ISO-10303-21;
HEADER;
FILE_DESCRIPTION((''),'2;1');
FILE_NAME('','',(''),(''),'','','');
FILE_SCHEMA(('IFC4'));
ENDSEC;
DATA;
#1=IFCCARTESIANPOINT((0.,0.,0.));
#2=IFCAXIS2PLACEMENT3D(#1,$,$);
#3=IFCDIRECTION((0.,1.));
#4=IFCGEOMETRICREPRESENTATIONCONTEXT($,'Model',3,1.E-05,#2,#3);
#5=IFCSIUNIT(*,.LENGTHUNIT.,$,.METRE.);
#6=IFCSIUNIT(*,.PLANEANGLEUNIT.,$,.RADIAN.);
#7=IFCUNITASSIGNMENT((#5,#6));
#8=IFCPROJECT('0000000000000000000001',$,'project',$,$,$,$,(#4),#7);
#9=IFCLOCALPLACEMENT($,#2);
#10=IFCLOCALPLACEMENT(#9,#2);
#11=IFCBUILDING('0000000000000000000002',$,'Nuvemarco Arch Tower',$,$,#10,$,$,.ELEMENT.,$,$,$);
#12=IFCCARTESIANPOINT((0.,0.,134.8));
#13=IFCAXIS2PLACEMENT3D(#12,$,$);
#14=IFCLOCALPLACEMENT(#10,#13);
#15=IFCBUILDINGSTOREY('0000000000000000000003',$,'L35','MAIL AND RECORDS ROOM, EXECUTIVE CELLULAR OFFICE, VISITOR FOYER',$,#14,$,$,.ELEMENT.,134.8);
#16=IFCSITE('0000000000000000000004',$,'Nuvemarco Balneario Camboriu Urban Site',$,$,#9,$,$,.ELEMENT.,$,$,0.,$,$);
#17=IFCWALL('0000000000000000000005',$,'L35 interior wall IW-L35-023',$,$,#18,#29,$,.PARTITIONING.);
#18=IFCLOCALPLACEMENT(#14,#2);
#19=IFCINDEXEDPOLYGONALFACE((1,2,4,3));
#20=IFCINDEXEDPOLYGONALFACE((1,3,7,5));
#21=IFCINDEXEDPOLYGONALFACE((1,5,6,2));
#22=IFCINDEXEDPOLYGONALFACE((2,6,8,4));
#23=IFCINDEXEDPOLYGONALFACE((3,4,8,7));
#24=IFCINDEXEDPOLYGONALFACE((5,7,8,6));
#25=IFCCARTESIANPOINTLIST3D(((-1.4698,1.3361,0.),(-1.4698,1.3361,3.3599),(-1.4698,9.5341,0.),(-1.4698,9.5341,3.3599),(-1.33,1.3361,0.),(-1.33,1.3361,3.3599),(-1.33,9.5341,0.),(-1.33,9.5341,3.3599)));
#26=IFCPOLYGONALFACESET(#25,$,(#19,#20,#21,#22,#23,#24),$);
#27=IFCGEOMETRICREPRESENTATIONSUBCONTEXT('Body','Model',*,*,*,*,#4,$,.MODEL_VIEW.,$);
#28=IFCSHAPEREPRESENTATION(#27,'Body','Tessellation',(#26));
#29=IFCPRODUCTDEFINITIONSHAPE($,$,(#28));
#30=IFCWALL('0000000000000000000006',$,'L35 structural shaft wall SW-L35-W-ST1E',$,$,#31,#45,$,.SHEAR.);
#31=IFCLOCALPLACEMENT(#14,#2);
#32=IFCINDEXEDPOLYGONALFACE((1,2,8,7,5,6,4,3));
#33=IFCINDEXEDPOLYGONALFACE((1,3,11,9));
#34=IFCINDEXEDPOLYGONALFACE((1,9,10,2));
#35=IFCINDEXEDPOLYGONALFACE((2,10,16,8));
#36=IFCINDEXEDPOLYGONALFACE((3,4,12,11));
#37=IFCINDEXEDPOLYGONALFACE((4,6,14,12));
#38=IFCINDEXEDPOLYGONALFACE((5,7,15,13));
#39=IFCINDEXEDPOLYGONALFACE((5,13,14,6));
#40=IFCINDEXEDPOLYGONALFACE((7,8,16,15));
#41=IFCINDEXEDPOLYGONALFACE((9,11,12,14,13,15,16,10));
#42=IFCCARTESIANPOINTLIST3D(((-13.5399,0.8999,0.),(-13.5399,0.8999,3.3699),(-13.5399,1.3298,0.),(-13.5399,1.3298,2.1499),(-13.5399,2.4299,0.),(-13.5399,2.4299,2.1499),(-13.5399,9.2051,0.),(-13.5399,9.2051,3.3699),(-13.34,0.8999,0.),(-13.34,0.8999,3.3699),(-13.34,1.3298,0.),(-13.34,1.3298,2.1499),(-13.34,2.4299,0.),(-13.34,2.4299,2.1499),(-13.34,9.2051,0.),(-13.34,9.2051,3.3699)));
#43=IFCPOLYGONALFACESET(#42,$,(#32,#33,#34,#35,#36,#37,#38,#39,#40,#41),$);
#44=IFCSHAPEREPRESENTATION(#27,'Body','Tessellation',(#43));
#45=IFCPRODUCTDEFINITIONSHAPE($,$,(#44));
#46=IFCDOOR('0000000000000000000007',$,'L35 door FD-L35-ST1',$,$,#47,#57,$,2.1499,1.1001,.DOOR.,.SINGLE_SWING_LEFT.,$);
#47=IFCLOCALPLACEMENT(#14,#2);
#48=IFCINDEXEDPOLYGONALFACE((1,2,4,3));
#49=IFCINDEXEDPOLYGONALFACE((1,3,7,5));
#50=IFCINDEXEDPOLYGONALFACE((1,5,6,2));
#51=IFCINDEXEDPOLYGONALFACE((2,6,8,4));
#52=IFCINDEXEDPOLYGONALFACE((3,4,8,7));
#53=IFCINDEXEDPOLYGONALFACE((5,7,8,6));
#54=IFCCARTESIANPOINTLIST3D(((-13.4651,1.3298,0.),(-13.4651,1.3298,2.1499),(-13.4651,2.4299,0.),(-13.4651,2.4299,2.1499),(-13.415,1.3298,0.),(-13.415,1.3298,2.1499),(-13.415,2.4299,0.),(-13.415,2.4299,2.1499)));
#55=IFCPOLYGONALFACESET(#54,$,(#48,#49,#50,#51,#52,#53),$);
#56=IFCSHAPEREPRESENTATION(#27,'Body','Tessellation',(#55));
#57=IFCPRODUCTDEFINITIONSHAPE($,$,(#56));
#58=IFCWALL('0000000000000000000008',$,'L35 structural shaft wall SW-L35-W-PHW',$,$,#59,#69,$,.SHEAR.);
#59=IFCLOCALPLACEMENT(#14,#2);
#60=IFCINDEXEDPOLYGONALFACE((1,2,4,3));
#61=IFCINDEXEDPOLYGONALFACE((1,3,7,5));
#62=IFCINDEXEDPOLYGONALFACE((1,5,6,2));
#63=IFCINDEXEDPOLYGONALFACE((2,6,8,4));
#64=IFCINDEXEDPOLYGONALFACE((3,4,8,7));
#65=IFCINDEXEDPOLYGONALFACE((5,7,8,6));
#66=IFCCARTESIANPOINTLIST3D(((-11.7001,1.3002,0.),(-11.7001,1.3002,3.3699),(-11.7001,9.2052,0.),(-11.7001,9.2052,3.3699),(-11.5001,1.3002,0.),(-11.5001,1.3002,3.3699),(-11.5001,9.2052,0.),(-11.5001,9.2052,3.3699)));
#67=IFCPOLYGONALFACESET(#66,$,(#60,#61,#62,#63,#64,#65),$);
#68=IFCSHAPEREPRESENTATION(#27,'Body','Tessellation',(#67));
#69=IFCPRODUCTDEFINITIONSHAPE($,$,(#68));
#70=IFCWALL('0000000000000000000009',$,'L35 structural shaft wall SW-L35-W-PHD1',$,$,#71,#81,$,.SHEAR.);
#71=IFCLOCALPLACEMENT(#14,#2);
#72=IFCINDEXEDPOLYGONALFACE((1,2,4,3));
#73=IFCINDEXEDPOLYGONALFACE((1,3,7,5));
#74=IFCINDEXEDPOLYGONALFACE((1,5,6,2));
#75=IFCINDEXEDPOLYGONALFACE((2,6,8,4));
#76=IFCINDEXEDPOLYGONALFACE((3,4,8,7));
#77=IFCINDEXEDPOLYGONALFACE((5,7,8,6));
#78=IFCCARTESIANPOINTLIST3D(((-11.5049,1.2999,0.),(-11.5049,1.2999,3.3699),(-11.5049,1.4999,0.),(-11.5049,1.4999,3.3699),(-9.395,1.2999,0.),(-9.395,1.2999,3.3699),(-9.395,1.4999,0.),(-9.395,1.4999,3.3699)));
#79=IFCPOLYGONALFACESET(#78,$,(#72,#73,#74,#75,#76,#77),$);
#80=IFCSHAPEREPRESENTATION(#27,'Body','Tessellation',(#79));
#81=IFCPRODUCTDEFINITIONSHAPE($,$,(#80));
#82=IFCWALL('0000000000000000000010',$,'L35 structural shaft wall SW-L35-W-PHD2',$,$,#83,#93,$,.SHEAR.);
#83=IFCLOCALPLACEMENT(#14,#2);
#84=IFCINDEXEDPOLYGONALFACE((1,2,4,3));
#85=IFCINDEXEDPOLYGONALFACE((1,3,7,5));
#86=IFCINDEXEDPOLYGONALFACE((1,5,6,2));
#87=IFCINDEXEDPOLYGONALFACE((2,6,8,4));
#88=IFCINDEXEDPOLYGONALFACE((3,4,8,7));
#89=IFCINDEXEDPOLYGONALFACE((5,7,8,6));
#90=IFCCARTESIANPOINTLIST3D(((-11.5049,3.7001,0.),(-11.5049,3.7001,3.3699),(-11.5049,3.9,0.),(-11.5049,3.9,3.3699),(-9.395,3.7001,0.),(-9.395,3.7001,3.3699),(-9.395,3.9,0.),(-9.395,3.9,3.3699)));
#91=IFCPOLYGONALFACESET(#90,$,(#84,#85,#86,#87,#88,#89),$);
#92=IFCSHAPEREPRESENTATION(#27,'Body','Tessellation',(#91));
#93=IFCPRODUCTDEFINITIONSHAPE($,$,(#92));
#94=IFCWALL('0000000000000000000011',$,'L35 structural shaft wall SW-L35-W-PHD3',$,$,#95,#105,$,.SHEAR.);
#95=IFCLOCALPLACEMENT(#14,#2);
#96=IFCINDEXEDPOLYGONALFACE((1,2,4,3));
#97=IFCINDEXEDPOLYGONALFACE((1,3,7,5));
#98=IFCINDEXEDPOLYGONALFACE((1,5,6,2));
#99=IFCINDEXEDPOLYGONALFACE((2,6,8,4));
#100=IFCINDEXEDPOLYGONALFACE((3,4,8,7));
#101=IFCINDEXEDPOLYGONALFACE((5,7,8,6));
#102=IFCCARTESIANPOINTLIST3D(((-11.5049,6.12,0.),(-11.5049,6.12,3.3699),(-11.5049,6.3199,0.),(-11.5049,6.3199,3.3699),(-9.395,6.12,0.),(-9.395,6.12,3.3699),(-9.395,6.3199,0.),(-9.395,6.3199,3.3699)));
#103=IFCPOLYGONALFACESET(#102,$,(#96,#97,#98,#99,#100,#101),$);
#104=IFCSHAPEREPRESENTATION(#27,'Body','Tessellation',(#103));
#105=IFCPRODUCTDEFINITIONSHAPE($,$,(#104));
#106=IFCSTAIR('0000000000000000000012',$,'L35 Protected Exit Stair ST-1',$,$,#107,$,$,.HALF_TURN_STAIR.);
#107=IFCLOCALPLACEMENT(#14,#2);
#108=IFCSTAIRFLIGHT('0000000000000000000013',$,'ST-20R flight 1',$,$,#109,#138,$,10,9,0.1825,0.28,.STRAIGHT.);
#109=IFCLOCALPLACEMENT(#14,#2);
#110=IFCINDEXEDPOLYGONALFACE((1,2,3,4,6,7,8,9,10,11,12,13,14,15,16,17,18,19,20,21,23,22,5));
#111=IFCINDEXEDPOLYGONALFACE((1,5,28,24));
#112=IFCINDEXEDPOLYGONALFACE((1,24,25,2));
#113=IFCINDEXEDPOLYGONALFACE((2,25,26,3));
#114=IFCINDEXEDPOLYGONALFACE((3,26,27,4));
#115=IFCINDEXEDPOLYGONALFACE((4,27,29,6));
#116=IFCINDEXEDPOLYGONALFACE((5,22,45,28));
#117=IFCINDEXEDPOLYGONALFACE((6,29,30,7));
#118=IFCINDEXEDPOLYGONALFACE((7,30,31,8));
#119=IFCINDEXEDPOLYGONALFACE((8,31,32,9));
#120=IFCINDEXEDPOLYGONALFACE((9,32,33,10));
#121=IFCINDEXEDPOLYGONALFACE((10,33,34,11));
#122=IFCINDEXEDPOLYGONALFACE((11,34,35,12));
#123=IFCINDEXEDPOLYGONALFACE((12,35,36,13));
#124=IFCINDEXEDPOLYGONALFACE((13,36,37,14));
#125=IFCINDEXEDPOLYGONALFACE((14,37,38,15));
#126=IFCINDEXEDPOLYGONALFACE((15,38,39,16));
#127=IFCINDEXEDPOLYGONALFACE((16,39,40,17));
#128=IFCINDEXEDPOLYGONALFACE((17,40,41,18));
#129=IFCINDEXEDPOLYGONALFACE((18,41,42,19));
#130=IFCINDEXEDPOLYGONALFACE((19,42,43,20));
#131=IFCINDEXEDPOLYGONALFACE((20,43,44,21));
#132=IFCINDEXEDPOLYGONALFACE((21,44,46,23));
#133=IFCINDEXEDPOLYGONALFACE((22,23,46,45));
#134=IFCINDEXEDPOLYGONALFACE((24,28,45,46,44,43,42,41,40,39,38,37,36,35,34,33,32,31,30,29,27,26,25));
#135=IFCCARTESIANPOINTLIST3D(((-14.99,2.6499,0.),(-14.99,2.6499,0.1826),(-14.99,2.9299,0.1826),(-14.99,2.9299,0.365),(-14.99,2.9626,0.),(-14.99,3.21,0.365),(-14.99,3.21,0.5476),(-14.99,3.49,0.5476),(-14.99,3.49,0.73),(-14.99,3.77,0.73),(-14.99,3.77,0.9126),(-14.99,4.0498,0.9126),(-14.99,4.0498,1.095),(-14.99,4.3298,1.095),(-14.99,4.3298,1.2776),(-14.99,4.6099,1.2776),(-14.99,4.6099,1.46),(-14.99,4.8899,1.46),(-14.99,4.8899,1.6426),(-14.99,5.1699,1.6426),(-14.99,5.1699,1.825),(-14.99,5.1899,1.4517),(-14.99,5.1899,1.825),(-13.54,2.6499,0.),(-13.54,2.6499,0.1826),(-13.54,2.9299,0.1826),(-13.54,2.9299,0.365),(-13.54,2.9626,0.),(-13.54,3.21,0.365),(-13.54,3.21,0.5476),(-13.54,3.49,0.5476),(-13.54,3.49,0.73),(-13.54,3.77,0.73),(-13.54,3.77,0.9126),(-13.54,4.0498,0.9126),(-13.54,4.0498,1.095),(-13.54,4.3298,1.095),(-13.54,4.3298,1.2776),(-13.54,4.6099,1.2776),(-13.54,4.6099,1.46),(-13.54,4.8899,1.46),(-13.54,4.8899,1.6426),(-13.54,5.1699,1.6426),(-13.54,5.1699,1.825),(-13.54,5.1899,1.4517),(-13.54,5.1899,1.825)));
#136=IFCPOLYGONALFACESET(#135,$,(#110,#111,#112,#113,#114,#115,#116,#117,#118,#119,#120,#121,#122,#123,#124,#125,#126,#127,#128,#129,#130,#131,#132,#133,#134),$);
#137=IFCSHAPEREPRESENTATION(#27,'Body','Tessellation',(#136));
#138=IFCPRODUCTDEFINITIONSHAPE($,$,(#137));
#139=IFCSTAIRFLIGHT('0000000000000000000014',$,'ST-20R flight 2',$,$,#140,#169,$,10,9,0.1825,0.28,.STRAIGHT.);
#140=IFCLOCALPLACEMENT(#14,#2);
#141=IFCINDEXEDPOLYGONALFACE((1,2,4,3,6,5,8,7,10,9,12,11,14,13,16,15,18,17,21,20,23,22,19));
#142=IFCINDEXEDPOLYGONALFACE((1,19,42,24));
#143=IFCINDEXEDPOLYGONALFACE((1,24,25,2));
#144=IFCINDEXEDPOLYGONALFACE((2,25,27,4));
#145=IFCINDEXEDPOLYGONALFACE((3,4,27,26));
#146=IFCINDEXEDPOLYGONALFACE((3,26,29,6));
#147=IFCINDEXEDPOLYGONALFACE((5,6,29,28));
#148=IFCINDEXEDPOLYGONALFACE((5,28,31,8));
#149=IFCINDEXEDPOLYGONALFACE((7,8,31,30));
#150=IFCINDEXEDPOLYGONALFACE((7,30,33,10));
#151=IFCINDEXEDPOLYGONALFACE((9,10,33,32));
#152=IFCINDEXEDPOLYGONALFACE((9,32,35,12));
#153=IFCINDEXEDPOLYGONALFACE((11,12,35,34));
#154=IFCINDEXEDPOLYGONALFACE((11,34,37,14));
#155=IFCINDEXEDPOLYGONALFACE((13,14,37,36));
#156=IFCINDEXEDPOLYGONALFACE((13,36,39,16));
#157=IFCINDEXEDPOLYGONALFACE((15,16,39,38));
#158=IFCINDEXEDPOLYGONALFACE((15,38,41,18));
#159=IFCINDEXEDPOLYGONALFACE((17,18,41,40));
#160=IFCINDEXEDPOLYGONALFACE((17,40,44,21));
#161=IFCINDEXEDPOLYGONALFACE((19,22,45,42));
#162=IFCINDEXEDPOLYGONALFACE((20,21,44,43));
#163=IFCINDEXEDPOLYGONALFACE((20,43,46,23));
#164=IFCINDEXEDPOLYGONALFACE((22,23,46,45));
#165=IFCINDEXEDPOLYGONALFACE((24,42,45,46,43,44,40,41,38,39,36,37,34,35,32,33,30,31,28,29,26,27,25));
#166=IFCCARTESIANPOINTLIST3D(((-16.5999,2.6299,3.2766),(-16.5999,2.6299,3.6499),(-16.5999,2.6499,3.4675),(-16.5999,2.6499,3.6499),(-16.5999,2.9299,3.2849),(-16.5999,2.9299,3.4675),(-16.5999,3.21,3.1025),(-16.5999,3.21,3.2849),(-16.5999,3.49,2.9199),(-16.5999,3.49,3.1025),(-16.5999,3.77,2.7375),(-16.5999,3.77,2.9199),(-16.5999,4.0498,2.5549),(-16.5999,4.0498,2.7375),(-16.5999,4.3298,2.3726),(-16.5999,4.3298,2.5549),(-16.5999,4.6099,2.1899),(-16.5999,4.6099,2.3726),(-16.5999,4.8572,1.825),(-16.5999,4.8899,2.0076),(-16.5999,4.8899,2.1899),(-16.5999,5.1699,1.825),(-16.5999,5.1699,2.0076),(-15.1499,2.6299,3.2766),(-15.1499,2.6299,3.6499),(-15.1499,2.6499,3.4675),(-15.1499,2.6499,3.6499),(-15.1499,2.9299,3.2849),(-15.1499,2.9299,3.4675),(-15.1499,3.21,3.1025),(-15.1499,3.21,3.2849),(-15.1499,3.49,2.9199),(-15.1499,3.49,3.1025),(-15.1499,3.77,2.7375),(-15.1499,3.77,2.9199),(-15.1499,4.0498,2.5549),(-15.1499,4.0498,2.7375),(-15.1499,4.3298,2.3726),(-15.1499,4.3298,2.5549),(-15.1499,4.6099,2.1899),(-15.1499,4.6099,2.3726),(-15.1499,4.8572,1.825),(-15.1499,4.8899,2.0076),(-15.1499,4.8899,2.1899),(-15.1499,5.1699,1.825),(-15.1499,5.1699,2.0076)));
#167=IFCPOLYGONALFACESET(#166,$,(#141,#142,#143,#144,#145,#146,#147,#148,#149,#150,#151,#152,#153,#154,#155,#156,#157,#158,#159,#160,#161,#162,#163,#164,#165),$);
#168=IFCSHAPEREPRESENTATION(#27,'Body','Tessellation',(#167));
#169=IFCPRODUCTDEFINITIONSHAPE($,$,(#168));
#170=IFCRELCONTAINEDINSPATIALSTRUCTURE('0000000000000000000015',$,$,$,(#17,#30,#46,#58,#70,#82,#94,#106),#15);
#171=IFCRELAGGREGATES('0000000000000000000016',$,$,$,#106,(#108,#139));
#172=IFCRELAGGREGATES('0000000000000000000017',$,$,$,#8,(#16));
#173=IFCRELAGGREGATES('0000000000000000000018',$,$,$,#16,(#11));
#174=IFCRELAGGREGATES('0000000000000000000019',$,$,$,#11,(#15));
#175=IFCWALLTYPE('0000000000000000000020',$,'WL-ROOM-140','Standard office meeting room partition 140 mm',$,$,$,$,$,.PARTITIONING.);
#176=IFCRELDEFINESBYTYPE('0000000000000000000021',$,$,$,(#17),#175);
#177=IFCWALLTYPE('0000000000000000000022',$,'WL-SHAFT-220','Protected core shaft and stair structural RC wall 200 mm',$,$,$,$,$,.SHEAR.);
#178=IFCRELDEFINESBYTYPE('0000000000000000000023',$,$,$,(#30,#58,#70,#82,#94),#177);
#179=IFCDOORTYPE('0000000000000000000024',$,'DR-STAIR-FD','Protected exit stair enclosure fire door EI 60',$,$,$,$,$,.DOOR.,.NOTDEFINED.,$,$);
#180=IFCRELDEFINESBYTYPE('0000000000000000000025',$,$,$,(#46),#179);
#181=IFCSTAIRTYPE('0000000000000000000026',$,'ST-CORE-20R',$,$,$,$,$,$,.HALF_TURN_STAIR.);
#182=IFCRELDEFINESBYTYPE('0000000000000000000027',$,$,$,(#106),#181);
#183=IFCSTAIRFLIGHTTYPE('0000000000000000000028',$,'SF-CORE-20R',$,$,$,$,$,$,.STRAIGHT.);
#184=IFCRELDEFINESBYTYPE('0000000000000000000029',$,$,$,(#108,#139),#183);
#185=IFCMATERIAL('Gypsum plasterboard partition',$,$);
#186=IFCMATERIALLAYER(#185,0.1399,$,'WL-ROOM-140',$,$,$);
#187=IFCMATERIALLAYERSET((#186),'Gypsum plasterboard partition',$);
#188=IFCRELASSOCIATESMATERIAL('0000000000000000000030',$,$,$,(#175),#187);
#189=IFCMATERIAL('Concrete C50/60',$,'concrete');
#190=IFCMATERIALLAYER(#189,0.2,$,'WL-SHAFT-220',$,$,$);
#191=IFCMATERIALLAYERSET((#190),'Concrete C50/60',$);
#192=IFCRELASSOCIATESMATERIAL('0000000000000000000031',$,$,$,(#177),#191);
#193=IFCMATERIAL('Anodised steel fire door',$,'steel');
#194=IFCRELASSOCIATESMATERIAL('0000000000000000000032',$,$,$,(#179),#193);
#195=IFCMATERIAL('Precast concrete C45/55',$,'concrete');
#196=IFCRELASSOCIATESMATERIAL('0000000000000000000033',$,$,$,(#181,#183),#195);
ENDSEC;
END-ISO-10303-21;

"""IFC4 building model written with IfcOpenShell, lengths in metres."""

from ifc_helpers import new_model, si_unit, direction, frame, frame_2d, origin, place, context, subcontext, project, spatial, polyline, rectangle, outline, extrude, source, transform, mapped, material, layer, layer_set, type_object, type_shapes, element, fill, aggregate, save


model = new_model("IFC4")

# Units and contexts
model_context = context("Model", 3, precision=1e-05, world=origin(), true_north=direction((0.0, 1.0)))
body_context = subcontext(model_context, "Body", "Model", "MODEL_VIEW")
ifc_project = project(units=[si_unit("LENGTHUNIT", "METRE"), si_unit("PLANEANGLEUNIT", "RADIAN")], contexts=[model_context])

# Site, building, storey
site_placement = place(None, origin())
site = spatial("IfcSite", under=ifc_project, at=site_placement, Name="Nuvemarco Balneario Camboriu Urban Site", CompositionType="ELEMENT", RefElevation=0.0)
building_placement = place(site_placement, origin())
building = spatial("IfcBuilding", under=site, at=building_placement, Name="Nuvemarco Arch Tower", CompositionType="ELEMENT")
storey_placement = place(building_placement, frame((0.0, 0.0, 134.8)))
storey = spatial("IfcBuildingStorey", under=building, at=storey_placement, Name="L35", Description="MAIL AND RECORDS ROOM, EXECUTIVE CELLULAR OFFICE, VISITOR FOYER", CompositionType="ELEMENT", Elevation=134.8)

# Shared definitions
ifc_material_1 = material(Name="Concrete C50/60", Category="concrete")

# Shared definitions
ifc_material_2 = material(Name="Precast concrete C45/55", Category="concrete")

# Wall
ifc_material_3 = material(Name="Gypsum plasterboard partition")
ifc_layer_1 = layer(ifc_material_3, 0.1399, Name="WL-ROOM-140")
ifc_layer_set_1 = layer_set([ifc_layer_1], Name="Gypsum plasterboard partition")
wall_type_1 = type_object("IfcWallType", Name="WL-ROOM-140", Description="Standard office meeting room partition 140 mm", PredefinedType="PARTITIONING", material=ifc_layer_set_1)
wall_1_placement = place(storey_placement, frame((-1.3999, 1.3359, 0.0), z_axis=(0.0, 0.0, 1.0), x_axis=(0.0, 1.0, 0.0)))
element("IfcWall", 1, at=wall_1_placement, inside=storey, type_object=wall_type_1, Name="L35 interior wall IW-L35-023", PredefinedType="PARTITIONING", context=body_context, shape_type="SweptSolid", body=[
    extrude(rectangle(XDim=8.198, YDim=0.1399, at=frame_2d((4.0991, 0.0))), origin(), (0.0, 0.0, 1.0), 3.3599),
])

# Wall, opening, door
ifc_layer_2 = layer(ifc_material_1, 0.2, Name="WL-SHAFT-220")
ifc_layer_set_2 = layer_set([ifc_layer_2], Name="Concrete C50/60")
wall_type_2 = type_object("IfcWallType", Name="WL-SHAFT-220", Description="Protected core shaft and stair structural RC wall 200 mm", PredefinedType="SHEAR", material=ifc_layer_set_2)
wall_2_placement = place(storey_placement, frame((-13.4399, 0.8999, 0.0), z_axis=(0.0, 0.0, 1.0), x_axis=(0.0, 1.0, 0.0)))
wall_2 = element("IfcWall", 2, at=wall_2_placement, inside=storey, type_object=wall_type_2, Name="L35 structural shaft wall SW-L35-W-ST1E", PredefinedType="SHEAR", context=body_context, shape_type="SweptSolid", body=[
    extrude(rectangle(XDim=8.3052, YDim=0.2, at=frame_2d((4.1526, 0.0))), origin(), (0.0, 0.0, 1.0), 3.3699),
])
opening_1_placement = place(wall_2_placement, frame((1.53, 0.0, 0.0), z_axis=(0.0, 0.0, 1.0), x_axis=(-1.0, 0.0, 0.0)))
opening_1 = element("IfcOpeningElement", 3, at=opening_1_placement, cuts=wall_2, PredefinedType="OPENING", context=body_context, shape_type="SweptSolid", body=[
    extrude(rectangle(XDim=1.1001, YDim=2.1499, at=frame_2d((0.55, 1.075))), frame((0.0, 0.1099, 0.0), z_axis=(0.0, -1.0, 0.0), x_axis=(1.0, 0.0, 0.0)), (0.0, 0.0, 1.0), 0.22),
])
ifc_material_4 = material(Name="Anodised steel fire door", Category="steel")
door_type_1 = type_object("IfcDoorType", Name="DR-STAIR-FD", Description="Protected exit stair enclosure fire door EI 60", OperationType="NOTDEFINED", PredefinedType="DOOR", material=ifc_material_4)
shared_shape_1 = source(origin(), body_context, "Body", "SweptSolid", [
    extrude(rectangle(XDim=1.1001, YDim=2.1499, at=frame_2d((0.55, 1.075))), frame((0.0, 0.0249, 0.0), z_axis=(0.0, -1.0, 0.0), x_axis=(1.0, 0.0, 0.0)), (0.0, 0.0, 1.0), 0.05),
])
type_shapes(door_type_1, [shared_shape_1])
door_1_placement = place(opening_1_placement, origin())
door_1 = element("IfcDoor", 4, at=door_1_placement, inside=storey, type_object=door_type_1, Name="L35 door FD-L35-ST1", OperationType="SINGLE_SWING_LEFT", OverallHeight=2.1499, OverallWidth=1.1001, PredefinedType="DOOR", context=body_context, shape_type="MappedRepresentation", body=[
    mapped(shared_shape_1, transform((0.0, 0.0, 0.0), scale=1.0)),
])
fill(opening_1, door_1)

# Walls
wall_3_placement = place(storey_placement, frame((-11.6001, 1.3, 0.0), z_axis=(0.0, 0.0, 1.0), x_axis=(0.0, 1.0, 0.0)))
element("IfcWall", 5, at=wall_3_placement, inside=storey, type_object=wall_type_2, Name="L35 structural shaft wall SW-L35-W-PHW", PredefinedType="SHEAR", context=body_context, shape_type="SweptSolid", body=[
    extrude(rectangle(XDim=7.905, YDim=0.2, at=frame_2d((3.9526, 0.0))), origin(), (0.0, 0.0, 1.0), 3.3699),
])
for number, where, z_axis, x_axis, name in (
    (6, (-11.5049, 1.3999, 0.0), (0.0, 0.0, 1.0), (1.0, 0.0, 0.0), "L35 structural shaft wall SW-L35-W-PHD1"),
    (7, (-11.5049, 3.8, 0.0), (0.0, 0.0, 1.0), (1.0, 0.0, 0.0), "L35 structural shaft wall SW-L35-W-PHD2"),
    (8, (-11.5049, 6.22, 0.0), (0.0, 0.0, 1.0), (1.0, 0.0, 0.0), "L35 structural shaft wall SW-L35-W-PHD3"),
):
    element("IfcWall", number, at=place(storey_placement, frame(where, z_axis=z_axis, x_axis=x_axis)), inside=storey, type_object=wall_type_2, Name=name, PredefinedType="SHEAR", context=body_context, shape_type="SweptSolid", body=[
        extrude(rectangle(XDim=2.1099, YDim=0.2, at=frame_2d((1.0549, 0.0))), origin(), (0.0, 0.0, 1.0), 3.3699),
    ])

# Stair, stair flights
stair_type = type_object("IfcStairType", Name="ST-CORE-20R", PredefinedType="HALF_TURN_STAIR", material=ifc_material_2)
stair_placement = place(storey_placement, origin())
stair = element("IfcStair", 9, at=stair_placement, inside=storey, type_object=stair_type, Name="L35 Protected Exit Stair ST-1", PredefinedType="HALF_TURN_STAIR")
stair_flight_type = type_object("IfcStairFlightType", Name="SF-CORE-20R", PredefinedType="STRAIGHT", material=ifc_material_2)
stair_flight_1_placement = place(storey_placement, frame((-14.2649, 2.6499, 0.0), z_axis=(0.0, 0.0, 1.0), x_axis=(0.0, 1.0, 0.0)))
stair_flight_1 = element("IfcStairFlight", 10, at=stair_flight_1_placement, type_object=stair_flight_type, Name="ST-20R flight 1", NumberOfRisers=10, NumberOfTreads=9, PredefinedType="STRAIGHT", RiserHeight=0.1825, TreadLength=0.28, context=body_context, shape_type="SweptSolid", body=[
    extrude(outline(polyline([(0.0, 0.0), (0.0, 0.1826), (0.28, 0.1826), (0.28, 0.365), (0.5601, 0.365), (0.5601, 0.5476), (0.8401, 0.5476), (0.8401, 0.73), (1.1201, 0.73), (1.1201, 0.9126), (1.3999, 0.9126), (1.3999, 1.095), (1.6799, 1.095), (1.6799, 1.2776), (1.96, 1.2776), (1.96, 1.46), (2.24, 1.46), (2.24, 1.6426), (2.52, 1.6426), (2.52, 1.825), (2.54, 1.825), (2.54, 1.4517), (0.3127, 0.0), (0.0, 0.0)])), frame((0.0, 0.7251, 0.0), z_axis=(0.0, -1.0, 0.0), x_axis=(1.0, 0.0, 0.0)), (0.0, 0.0, 1.0), 1.45),
])
stair_flight_2_placement = place(storey_placement, frame((-15.875, 5.1699, 1.825), z_axis=(0.0, 0.0, 1.0), x_axis=(0.0, -1.0, 0.0)))
stair_flight_2 = element("IfcStairFlight", 11, at=stair_flight_2_placement, type_object=stair_flight_type, Name="ST-20R flight 2", NumberOfRisers=10, NumberOfTreads=9, PredefinedType="STRAIGHT", RiserHeight=0.1825, TreadLength=0.28, context=body_context, shape_type="SweptSolid", body=[
    extrude(outline(polyline([(0.0, 0.0), (0.0, 0.1826), (0.28, 0.1826), (0.28, 0.365), (0.5601, 0.365), (0.5601, 0.5476), (0.8401, 0.5476), (0.8401, 0.73), (1.1201, 0.73), (1.1201, 0.9126), (1.3999, 0.9126), (1.3999, 1.095), (1.6799, 1.095), (1.6799, 1.2776), (1.96, 1.2776), (1.96, 1.46), (2.24, 1.46), (2.24, 1.6426), (2.52, 1.6426), (2.52, 1.825), (2.54, 1.825), (2.54, 1.4517), (0.3127, 0.0), (0.0, 0.0)])), frame((0.0, 0.7251, 0.0), z_axis=(0.0, -1.0, 0.0), x_axis=(1.0, 0.0, 0.0)), (0.0, 0.0, 1.0), 1.45),
])
aggregate(stair, [stair_flight_1, stair_flight_2])

save(model, "model.ifc")
